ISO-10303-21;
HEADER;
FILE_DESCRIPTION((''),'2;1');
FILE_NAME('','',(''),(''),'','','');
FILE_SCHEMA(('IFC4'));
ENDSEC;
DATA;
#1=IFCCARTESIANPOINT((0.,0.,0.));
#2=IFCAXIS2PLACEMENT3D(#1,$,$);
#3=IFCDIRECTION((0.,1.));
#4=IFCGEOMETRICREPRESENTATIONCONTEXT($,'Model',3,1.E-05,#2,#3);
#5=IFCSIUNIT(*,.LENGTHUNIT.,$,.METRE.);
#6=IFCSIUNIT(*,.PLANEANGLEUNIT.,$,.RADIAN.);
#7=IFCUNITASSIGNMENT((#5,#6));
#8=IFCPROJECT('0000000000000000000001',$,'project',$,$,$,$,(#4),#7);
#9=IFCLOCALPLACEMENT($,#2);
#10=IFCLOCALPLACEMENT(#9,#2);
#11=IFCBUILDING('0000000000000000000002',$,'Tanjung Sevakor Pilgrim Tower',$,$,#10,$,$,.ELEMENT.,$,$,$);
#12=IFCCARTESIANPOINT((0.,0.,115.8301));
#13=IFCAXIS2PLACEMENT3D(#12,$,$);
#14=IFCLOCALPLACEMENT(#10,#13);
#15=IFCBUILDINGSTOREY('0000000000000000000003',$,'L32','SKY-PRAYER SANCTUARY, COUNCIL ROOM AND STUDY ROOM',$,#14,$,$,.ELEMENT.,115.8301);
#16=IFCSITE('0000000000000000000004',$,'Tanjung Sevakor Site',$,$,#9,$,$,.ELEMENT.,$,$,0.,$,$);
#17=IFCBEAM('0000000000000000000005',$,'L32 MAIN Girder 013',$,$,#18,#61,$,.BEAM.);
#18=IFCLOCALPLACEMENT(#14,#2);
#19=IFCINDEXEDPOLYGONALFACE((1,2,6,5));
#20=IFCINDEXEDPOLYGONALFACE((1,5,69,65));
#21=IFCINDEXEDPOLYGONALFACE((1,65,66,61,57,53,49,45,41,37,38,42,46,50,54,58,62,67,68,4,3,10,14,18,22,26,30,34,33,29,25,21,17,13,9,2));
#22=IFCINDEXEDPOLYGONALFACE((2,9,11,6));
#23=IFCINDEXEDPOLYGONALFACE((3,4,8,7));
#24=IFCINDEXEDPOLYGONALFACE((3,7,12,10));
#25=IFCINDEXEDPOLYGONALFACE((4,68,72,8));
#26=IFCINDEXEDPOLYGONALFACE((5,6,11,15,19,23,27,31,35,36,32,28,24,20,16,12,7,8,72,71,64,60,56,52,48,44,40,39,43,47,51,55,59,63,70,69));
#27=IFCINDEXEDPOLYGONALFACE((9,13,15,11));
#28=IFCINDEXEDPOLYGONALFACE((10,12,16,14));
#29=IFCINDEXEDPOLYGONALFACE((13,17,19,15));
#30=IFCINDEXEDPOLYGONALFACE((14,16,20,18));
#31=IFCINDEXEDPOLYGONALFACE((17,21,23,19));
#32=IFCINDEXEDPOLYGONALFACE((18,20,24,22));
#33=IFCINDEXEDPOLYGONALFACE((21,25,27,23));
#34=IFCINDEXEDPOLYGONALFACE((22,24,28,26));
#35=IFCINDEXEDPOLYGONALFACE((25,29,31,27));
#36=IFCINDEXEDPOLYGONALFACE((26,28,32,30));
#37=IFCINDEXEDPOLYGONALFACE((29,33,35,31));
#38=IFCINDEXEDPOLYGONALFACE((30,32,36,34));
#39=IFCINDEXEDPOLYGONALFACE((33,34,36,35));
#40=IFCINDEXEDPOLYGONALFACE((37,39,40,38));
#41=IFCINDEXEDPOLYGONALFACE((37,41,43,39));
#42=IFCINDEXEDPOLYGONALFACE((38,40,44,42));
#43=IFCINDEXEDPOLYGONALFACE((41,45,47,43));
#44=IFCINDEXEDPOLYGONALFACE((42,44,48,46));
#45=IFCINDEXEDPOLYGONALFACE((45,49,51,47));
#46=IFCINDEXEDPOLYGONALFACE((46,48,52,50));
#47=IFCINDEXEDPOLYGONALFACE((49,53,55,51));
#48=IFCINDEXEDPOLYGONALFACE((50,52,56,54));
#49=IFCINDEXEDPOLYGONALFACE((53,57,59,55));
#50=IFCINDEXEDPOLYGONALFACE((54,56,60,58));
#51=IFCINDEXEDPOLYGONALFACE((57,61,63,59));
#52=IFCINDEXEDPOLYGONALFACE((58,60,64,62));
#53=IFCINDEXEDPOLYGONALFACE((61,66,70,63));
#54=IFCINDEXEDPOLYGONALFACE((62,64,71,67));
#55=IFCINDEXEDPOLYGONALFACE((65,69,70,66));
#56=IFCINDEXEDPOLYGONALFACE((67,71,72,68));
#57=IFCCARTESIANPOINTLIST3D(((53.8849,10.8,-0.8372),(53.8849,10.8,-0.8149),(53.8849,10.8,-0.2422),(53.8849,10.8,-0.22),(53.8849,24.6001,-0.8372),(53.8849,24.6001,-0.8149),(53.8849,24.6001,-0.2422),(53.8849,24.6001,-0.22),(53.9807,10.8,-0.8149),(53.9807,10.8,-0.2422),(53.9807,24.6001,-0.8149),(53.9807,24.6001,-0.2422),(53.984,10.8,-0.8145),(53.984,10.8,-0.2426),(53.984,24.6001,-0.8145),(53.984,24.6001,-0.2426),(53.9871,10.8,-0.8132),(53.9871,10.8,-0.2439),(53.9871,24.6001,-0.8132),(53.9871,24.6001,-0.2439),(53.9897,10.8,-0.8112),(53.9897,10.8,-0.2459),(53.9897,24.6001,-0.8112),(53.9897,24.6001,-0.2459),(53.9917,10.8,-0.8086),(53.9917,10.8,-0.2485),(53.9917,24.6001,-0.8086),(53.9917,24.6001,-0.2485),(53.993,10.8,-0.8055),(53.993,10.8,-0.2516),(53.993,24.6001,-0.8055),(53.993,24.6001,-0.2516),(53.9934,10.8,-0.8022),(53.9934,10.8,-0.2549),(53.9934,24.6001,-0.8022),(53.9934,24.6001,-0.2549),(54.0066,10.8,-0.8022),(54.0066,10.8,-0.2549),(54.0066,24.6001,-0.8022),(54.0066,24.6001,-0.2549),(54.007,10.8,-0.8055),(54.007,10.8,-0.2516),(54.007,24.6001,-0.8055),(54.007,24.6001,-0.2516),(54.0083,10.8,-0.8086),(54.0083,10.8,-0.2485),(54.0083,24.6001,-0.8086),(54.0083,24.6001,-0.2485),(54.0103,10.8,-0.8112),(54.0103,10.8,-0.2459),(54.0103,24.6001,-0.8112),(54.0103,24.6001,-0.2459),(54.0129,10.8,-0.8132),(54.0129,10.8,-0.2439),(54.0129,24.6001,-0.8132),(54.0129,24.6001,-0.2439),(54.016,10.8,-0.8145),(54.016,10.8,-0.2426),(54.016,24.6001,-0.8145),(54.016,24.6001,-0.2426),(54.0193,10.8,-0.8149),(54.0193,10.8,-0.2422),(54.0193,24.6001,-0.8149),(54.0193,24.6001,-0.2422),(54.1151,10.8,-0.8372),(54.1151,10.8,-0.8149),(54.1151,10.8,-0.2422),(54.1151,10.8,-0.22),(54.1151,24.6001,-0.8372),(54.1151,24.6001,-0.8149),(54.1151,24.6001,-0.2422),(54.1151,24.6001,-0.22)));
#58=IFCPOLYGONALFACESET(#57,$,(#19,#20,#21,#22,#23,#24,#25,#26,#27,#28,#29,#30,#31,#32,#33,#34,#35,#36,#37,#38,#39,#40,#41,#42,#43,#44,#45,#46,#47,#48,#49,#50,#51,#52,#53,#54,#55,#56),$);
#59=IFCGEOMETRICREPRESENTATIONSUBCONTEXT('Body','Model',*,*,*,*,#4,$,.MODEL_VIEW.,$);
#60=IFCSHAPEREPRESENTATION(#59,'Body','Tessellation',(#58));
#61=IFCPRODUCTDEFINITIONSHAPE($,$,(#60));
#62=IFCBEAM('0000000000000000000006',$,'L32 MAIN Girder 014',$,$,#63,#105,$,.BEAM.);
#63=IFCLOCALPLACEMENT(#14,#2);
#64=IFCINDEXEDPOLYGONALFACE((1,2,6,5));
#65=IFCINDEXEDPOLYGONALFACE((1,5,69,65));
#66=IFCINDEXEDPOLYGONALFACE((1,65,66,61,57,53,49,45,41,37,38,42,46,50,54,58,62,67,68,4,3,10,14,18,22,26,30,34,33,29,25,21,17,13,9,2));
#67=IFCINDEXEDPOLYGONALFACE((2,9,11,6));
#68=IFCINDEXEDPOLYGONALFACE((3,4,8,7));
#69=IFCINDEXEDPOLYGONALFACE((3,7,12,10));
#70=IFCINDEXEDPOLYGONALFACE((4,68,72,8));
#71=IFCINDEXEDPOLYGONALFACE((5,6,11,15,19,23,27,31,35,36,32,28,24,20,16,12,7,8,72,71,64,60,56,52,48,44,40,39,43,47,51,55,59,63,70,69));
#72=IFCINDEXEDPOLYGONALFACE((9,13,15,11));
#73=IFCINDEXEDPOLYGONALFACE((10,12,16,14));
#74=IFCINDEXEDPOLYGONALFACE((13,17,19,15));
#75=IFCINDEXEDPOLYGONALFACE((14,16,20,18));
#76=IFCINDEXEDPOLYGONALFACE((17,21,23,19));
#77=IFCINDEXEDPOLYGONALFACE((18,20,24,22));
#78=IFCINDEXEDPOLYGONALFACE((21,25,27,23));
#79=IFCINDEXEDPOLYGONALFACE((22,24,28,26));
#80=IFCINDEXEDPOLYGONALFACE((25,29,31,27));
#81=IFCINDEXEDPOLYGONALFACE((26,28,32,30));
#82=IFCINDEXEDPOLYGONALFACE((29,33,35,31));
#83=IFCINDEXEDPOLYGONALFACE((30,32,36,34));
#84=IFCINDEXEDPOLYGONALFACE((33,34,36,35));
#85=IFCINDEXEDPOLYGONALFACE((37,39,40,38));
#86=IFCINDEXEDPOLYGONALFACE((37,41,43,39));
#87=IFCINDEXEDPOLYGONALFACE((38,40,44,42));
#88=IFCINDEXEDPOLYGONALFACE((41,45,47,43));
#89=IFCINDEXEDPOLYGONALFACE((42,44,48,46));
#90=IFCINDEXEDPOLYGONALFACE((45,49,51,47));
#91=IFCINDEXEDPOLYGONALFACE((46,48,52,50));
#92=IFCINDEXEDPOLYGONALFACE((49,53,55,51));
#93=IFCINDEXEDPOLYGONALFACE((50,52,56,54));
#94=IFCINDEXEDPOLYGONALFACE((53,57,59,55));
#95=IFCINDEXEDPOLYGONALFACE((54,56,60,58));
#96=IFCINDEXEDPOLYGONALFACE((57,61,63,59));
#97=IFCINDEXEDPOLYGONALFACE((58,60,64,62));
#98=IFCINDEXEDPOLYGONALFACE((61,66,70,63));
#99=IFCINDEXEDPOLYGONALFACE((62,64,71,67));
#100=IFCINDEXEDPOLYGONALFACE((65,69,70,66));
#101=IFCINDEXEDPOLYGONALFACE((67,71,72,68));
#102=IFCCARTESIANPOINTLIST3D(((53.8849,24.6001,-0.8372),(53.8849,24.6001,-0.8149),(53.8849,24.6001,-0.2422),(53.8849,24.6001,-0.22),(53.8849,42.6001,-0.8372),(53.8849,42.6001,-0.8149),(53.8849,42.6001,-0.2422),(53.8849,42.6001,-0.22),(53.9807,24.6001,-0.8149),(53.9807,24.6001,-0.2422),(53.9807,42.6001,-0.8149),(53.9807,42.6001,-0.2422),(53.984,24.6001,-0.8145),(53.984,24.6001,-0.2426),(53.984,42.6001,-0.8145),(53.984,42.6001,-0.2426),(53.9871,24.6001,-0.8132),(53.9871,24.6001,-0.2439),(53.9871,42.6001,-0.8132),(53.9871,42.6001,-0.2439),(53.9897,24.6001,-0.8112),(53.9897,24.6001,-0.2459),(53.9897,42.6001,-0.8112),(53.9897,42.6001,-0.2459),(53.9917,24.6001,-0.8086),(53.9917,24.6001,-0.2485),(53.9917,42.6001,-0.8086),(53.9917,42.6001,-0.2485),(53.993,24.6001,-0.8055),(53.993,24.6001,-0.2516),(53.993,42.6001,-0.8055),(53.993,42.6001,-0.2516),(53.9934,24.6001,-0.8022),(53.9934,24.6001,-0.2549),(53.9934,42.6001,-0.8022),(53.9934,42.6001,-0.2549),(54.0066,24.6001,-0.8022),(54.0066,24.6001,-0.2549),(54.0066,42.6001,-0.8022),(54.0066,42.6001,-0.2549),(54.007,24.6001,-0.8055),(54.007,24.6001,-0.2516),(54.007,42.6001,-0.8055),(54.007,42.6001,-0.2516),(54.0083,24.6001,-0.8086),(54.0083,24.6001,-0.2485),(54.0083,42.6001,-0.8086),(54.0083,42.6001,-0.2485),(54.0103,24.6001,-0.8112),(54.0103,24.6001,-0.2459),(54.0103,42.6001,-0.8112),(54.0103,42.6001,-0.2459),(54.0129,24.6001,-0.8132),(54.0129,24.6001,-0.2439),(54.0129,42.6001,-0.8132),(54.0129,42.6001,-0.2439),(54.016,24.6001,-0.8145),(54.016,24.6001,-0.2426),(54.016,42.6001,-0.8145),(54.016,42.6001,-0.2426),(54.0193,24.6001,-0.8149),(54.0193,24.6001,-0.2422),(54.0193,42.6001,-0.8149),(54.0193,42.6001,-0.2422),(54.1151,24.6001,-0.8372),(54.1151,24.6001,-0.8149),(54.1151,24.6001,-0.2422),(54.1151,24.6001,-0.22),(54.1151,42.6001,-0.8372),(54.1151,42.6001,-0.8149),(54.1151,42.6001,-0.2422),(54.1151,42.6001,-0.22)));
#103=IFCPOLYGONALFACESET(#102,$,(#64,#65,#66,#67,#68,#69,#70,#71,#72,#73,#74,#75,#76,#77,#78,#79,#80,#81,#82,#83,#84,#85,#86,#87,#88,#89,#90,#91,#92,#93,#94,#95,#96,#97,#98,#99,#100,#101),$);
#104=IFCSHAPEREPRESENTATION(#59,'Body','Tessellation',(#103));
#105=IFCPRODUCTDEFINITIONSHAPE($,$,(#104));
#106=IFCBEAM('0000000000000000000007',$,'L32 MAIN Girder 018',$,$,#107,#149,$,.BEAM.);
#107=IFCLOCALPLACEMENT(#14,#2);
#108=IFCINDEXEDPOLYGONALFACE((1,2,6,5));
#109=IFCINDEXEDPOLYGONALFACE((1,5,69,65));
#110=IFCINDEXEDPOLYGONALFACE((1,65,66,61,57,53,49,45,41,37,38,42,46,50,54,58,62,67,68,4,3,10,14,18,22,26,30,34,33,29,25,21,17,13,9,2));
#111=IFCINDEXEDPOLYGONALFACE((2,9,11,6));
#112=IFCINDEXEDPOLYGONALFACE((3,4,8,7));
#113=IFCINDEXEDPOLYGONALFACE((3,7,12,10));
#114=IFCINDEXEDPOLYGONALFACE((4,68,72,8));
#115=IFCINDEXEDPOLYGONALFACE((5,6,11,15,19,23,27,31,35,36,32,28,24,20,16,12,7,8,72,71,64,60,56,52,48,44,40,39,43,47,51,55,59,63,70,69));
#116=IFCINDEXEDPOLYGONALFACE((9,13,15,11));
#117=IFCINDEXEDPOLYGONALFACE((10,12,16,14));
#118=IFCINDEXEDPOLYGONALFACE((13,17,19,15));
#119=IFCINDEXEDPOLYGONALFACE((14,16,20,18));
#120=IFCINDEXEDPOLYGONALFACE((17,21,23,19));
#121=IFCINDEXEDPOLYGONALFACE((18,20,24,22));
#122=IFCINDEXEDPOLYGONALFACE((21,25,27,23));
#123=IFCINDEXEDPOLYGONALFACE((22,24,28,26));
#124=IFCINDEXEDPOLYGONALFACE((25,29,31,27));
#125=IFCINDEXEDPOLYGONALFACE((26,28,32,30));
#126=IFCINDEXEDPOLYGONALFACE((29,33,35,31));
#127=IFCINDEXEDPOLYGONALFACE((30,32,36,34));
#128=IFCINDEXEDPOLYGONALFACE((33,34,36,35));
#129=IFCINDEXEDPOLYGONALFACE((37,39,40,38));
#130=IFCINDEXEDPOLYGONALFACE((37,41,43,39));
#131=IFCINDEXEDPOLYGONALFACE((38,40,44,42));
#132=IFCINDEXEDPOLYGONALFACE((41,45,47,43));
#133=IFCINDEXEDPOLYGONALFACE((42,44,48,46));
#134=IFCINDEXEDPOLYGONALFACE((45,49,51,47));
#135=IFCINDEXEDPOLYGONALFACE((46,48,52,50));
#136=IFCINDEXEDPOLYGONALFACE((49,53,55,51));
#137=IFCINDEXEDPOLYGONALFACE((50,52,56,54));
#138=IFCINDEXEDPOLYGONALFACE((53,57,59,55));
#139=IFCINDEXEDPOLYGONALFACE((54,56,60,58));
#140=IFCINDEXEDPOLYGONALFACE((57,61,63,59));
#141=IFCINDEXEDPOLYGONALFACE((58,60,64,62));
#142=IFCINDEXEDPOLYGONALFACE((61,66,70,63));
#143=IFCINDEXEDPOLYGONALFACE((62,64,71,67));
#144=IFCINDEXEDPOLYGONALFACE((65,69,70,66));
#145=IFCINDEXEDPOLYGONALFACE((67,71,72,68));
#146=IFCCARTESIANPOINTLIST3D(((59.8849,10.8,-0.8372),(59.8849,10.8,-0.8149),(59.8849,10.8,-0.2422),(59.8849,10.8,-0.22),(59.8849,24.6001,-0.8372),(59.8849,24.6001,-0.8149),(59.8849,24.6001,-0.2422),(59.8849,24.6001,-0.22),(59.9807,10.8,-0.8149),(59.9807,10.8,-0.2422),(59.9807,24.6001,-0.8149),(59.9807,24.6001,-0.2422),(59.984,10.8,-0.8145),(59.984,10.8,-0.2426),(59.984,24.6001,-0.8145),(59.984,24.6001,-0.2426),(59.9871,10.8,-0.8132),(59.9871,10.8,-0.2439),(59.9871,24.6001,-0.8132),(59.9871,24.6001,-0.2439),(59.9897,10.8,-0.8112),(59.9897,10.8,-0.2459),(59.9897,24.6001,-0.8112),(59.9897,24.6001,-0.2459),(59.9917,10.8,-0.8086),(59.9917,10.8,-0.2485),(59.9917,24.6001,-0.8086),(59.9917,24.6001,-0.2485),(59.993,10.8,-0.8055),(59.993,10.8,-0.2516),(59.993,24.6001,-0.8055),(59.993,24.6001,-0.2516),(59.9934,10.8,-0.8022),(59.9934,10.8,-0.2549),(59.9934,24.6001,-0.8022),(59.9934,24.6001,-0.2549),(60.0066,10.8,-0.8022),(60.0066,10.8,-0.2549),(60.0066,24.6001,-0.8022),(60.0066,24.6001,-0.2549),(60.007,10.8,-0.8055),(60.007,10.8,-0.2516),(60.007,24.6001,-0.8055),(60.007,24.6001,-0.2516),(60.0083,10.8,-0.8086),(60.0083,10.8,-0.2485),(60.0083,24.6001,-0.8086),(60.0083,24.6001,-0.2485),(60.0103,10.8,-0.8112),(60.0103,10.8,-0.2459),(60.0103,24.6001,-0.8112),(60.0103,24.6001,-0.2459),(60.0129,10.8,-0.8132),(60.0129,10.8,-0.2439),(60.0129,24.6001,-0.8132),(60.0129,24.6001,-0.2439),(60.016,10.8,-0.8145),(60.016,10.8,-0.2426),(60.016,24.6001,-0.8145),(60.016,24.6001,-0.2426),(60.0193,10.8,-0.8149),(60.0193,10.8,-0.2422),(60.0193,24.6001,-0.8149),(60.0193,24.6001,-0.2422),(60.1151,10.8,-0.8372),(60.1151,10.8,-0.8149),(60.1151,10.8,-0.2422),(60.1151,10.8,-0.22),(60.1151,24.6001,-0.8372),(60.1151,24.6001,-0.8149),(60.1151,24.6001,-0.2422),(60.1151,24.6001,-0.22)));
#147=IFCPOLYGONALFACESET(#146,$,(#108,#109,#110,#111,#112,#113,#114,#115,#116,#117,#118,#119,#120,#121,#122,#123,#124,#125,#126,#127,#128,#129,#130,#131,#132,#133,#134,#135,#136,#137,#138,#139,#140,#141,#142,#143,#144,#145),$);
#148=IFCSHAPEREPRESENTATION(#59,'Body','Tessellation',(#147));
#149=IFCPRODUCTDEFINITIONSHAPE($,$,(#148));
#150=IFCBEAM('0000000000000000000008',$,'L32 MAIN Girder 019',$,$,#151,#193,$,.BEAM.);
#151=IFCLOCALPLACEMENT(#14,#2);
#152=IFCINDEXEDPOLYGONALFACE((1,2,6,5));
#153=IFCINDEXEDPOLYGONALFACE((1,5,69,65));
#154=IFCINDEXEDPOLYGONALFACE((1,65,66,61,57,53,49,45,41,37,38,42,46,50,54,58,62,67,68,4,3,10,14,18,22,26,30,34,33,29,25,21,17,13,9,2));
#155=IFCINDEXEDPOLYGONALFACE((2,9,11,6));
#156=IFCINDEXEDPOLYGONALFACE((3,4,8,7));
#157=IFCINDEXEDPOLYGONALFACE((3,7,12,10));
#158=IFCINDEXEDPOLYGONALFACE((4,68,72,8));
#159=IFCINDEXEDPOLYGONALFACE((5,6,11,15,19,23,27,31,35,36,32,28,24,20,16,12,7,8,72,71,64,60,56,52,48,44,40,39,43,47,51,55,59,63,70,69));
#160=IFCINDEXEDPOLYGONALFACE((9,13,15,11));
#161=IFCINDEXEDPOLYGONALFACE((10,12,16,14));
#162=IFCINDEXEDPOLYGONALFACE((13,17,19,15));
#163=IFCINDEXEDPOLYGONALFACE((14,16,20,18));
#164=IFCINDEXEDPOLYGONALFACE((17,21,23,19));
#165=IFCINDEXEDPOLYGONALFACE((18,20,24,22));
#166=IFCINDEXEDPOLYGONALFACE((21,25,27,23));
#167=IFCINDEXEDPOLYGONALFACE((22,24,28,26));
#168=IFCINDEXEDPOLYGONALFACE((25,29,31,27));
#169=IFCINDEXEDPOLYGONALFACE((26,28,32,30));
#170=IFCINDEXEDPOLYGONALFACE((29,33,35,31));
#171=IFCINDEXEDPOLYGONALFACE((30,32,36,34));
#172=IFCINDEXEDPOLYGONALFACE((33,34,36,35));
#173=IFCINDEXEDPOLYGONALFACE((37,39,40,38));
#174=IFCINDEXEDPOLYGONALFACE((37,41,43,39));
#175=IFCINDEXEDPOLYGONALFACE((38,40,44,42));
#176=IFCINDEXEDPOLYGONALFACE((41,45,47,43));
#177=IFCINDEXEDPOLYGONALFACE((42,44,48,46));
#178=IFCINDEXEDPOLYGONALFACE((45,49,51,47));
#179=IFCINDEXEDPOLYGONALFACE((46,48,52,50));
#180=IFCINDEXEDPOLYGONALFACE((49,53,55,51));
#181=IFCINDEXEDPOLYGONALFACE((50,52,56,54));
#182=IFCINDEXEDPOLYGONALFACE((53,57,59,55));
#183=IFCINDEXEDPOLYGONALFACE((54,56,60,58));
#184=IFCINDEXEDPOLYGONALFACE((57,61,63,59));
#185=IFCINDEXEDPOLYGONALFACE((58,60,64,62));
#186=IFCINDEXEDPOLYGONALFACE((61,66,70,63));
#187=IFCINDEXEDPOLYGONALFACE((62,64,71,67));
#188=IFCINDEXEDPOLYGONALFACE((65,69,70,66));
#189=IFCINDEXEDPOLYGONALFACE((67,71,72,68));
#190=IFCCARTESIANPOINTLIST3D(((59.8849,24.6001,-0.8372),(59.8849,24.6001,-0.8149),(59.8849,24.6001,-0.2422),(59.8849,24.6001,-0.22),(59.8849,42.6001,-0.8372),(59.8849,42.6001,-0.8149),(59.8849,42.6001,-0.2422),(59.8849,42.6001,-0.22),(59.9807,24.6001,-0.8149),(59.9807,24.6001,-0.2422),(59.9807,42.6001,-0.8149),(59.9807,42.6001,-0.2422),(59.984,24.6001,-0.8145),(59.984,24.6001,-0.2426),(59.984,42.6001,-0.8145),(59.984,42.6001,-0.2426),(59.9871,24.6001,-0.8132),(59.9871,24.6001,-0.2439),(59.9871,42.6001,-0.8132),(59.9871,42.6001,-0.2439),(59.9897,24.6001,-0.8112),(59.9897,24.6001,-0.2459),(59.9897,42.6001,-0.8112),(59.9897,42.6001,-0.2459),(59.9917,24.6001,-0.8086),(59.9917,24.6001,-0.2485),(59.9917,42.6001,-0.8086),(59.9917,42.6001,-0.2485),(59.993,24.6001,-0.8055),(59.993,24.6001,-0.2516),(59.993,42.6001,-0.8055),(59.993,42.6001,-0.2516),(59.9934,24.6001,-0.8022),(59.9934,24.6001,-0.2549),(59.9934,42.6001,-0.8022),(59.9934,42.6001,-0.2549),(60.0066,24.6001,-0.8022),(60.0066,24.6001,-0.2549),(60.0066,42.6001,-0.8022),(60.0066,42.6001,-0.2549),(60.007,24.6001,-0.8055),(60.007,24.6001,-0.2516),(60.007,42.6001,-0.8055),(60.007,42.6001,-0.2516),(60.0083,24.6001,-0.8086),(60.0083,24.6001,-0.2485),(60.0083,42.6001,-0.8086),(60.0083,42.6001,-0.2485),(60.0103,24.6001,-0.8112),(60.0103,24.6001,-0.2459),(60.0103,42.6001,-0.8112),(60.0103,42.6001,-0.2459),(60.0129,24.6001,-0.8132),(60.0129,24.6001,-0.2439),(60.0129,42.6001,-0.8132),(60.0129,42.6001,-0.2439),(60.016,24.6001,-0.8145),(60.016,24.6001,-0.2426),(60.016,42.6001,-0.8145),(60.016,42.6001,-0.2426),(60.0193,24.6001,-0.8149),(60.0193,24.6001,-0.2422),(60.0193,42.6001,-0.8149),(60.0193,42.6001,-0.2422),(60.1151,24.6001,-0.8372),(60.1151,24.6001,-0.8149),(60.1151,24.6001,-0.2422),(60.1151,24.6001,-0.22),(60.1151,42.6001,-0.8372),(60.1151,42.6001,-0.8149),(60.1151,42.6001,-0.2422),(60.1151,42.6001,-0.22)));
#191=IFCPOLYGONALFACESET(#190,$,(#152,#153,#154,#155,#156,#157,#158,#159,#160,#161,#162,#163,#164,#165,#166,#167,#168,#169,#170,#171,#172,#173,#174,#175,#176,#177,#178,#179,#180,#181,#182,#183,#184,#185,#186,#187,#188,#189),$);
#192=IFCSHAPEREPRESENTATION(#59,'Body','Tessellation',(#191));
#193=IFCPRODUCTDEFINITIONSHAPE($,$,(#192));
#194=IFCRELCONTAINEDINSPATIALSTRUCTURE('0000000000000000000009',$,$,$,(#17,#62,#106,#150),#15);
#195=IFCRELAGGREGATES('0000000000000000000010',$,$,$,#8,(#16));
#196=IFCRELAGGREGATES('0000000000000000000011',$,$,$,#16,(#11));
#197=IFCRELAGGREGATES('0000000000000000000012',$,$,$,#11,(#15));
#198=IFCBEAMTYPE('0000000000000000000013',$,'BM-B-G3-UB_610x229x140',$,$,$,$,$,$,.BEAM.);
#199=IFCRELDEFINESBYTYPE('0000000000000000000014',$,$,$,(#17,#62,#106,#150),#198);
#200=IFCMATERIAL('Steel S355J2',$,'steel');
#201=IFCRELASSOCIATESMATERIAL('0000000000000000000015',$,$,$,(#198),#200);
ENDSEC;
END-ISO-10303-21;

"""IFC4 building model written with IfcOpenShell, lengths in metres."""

from ifc_helpers import new_model, si_unit, direction, frame, origin, origin_2d, place, context, subcontext, project, spatial, i_section, extrude, material, material_profile, profile_set, type_object, element, save


model = new_model("IFC4")

# Units and contexts
model_context = context("Model", 3, precision=1e-05, world=origin(), true_north=direction((0.0, 1.0)))
body_context = subcontext(model_context, "Body", "Model", "MODEL_VIEW")
ifc_project = project(units=[si_unit("LENGTHUNIT", "METRE"), si_unit("PLANEANGLEUNIT", "RADIAN")], contexts=[model_context])

# Site, building, storey
site_placement = place(None, origin())
site = spatial("IfcSite", under=ifc_project, at=site_placement, Name="Tanjung Sevakor Site", CompositionType="ELEMENT", RefElevation=0.0)
building_placement = place(site_placement, origin())
building = spatial("IfcBuilding", under=site, at=building_placement, Name="Tanjung Sevakor Pilgrim Tower", CompositionType="ELEMENT")
storey_placement = place(building_placement, frame((0.0, 0.0, 115.8301)))
storey = spatial("IfcBuildingStorey", under=building, at=storey_placement, Name="L32", Description="SKY-PRAYER SANCTUARY, COUNCIL ROOM AND STUDY ROOM", CompositionType="ELEMENT", Elevation=115.8301)

# Beams
ifc_material_1 = material(Name="Steel S355J2", Category="steel")
ifc_material_profile_1 = material_profile(ifc_material_1, i_section(OverallWidth=0.2302, OverallDepth=0.6172, WebThickness=0.0132, FlangeThickness=0.0222, FilletRadius=0.0127, at=origin_2d()))
ifc_profile_set_1 = profile_set([ifc_material_profile_1], Name="Steel S355J2")
beam_type_1 = type_object("IfcBeamType", Name="BM-B-G3-UB_610x229x140", PredefinedType="BEAM", material=ifc_profile_set_1)
beam_1_placement = place(storey_placement, frame((54.0, 10.8, -0.5286), z_axis=(0.0, 1.0, 0.0), x_axis=(-1.0, 0.0, 0.0)))
element("IfcBeam", 1, at=beam_1_placement, inside=storey, type_object=beam_type_1, Name="L32 MAIN Girder 013", PredefinedType="BEAM", context=body_context, shape_type="SweptSolid", body=[
    extrude(i_section(OverallWidth=0.2302, OverallDepth=0.6172, WebThickness=0.0132, FlangeThickness=0.0222, FilletRadius=0.0127, at=origin_2d()), origin(), (0.0, 0.0, 1.0), 13.8),
])
beam_2_placement = place(storey_placement, frame((54.0, 24.6001, -0.5286), z_axis=(0.0, 1.0, 0.0), x_axis=(-1.0, 0.0, 0.0)))
element("IfcBeam", 2, at=beam_2_placement, inside=storey, type_object=beam_type_1, Name="L32 MAIN Girder 014", PredefinedType="BEAM", context=body_context, shape_type="SweptSolid", body=[
    extrude(i_section(OverallWidth=0.2302, OverallDepth=0.6172, WebThickness=0.0132, FlangeThickness=0.0222, FilletRadius=0.0127, at=origin_2d()), origin(), (0.0, 0.0, 1.0), 18.0),
])
beam_3_placement = place(storey_placement, frame((60.0, 10.8, -0.5286), z_axis=(0.0, 1.0, 0.0), x_axis=(-1.0, 0.0, 0.0)))
element("IfcBeam", 3, at=beam_3_placement, inside=storey, type_object=beam_type_1, Name="L32 MAIN Girder 018", PredefinedType="BEAM", context=body_context, shape_type="SweptSolid", body=[
    extrude(i_section(OverallWidth=0.2302, OverallDepth=0.6172, WebThickness=0.0132, FlangeThickness=0.0222, FilletRadius=0.0127, at=origin_2d()), origin(), (0.0, 0.0, 1.0), 13.8),
])
beam_4_placement = place(storey_placement, frame((60.0, 24.6001, -0.5286), z_axis=(0.0, 1.0, 0.0), x_axis=(-1.0, 0.0, 0.0)))
element("IfcBeam", 4, at=beam_4_placement, inside=storey, type_object=beam_type_1, Name="L32 MAIN Girder 019", PredefinedType="BEAM", context=body_context, shape_type="SweptSolid", body=[
    extrude(i_section(OverallWidth=0.2302, OverallDepth=0.6172, WebThickness=0.0132, FlangeThickness=0.0222, FilletRadius=0.0127, at=origin_2d()), origin(), (0.0, 0.0, 1.0), 18.0),
])

save(model, "model.ifc")
